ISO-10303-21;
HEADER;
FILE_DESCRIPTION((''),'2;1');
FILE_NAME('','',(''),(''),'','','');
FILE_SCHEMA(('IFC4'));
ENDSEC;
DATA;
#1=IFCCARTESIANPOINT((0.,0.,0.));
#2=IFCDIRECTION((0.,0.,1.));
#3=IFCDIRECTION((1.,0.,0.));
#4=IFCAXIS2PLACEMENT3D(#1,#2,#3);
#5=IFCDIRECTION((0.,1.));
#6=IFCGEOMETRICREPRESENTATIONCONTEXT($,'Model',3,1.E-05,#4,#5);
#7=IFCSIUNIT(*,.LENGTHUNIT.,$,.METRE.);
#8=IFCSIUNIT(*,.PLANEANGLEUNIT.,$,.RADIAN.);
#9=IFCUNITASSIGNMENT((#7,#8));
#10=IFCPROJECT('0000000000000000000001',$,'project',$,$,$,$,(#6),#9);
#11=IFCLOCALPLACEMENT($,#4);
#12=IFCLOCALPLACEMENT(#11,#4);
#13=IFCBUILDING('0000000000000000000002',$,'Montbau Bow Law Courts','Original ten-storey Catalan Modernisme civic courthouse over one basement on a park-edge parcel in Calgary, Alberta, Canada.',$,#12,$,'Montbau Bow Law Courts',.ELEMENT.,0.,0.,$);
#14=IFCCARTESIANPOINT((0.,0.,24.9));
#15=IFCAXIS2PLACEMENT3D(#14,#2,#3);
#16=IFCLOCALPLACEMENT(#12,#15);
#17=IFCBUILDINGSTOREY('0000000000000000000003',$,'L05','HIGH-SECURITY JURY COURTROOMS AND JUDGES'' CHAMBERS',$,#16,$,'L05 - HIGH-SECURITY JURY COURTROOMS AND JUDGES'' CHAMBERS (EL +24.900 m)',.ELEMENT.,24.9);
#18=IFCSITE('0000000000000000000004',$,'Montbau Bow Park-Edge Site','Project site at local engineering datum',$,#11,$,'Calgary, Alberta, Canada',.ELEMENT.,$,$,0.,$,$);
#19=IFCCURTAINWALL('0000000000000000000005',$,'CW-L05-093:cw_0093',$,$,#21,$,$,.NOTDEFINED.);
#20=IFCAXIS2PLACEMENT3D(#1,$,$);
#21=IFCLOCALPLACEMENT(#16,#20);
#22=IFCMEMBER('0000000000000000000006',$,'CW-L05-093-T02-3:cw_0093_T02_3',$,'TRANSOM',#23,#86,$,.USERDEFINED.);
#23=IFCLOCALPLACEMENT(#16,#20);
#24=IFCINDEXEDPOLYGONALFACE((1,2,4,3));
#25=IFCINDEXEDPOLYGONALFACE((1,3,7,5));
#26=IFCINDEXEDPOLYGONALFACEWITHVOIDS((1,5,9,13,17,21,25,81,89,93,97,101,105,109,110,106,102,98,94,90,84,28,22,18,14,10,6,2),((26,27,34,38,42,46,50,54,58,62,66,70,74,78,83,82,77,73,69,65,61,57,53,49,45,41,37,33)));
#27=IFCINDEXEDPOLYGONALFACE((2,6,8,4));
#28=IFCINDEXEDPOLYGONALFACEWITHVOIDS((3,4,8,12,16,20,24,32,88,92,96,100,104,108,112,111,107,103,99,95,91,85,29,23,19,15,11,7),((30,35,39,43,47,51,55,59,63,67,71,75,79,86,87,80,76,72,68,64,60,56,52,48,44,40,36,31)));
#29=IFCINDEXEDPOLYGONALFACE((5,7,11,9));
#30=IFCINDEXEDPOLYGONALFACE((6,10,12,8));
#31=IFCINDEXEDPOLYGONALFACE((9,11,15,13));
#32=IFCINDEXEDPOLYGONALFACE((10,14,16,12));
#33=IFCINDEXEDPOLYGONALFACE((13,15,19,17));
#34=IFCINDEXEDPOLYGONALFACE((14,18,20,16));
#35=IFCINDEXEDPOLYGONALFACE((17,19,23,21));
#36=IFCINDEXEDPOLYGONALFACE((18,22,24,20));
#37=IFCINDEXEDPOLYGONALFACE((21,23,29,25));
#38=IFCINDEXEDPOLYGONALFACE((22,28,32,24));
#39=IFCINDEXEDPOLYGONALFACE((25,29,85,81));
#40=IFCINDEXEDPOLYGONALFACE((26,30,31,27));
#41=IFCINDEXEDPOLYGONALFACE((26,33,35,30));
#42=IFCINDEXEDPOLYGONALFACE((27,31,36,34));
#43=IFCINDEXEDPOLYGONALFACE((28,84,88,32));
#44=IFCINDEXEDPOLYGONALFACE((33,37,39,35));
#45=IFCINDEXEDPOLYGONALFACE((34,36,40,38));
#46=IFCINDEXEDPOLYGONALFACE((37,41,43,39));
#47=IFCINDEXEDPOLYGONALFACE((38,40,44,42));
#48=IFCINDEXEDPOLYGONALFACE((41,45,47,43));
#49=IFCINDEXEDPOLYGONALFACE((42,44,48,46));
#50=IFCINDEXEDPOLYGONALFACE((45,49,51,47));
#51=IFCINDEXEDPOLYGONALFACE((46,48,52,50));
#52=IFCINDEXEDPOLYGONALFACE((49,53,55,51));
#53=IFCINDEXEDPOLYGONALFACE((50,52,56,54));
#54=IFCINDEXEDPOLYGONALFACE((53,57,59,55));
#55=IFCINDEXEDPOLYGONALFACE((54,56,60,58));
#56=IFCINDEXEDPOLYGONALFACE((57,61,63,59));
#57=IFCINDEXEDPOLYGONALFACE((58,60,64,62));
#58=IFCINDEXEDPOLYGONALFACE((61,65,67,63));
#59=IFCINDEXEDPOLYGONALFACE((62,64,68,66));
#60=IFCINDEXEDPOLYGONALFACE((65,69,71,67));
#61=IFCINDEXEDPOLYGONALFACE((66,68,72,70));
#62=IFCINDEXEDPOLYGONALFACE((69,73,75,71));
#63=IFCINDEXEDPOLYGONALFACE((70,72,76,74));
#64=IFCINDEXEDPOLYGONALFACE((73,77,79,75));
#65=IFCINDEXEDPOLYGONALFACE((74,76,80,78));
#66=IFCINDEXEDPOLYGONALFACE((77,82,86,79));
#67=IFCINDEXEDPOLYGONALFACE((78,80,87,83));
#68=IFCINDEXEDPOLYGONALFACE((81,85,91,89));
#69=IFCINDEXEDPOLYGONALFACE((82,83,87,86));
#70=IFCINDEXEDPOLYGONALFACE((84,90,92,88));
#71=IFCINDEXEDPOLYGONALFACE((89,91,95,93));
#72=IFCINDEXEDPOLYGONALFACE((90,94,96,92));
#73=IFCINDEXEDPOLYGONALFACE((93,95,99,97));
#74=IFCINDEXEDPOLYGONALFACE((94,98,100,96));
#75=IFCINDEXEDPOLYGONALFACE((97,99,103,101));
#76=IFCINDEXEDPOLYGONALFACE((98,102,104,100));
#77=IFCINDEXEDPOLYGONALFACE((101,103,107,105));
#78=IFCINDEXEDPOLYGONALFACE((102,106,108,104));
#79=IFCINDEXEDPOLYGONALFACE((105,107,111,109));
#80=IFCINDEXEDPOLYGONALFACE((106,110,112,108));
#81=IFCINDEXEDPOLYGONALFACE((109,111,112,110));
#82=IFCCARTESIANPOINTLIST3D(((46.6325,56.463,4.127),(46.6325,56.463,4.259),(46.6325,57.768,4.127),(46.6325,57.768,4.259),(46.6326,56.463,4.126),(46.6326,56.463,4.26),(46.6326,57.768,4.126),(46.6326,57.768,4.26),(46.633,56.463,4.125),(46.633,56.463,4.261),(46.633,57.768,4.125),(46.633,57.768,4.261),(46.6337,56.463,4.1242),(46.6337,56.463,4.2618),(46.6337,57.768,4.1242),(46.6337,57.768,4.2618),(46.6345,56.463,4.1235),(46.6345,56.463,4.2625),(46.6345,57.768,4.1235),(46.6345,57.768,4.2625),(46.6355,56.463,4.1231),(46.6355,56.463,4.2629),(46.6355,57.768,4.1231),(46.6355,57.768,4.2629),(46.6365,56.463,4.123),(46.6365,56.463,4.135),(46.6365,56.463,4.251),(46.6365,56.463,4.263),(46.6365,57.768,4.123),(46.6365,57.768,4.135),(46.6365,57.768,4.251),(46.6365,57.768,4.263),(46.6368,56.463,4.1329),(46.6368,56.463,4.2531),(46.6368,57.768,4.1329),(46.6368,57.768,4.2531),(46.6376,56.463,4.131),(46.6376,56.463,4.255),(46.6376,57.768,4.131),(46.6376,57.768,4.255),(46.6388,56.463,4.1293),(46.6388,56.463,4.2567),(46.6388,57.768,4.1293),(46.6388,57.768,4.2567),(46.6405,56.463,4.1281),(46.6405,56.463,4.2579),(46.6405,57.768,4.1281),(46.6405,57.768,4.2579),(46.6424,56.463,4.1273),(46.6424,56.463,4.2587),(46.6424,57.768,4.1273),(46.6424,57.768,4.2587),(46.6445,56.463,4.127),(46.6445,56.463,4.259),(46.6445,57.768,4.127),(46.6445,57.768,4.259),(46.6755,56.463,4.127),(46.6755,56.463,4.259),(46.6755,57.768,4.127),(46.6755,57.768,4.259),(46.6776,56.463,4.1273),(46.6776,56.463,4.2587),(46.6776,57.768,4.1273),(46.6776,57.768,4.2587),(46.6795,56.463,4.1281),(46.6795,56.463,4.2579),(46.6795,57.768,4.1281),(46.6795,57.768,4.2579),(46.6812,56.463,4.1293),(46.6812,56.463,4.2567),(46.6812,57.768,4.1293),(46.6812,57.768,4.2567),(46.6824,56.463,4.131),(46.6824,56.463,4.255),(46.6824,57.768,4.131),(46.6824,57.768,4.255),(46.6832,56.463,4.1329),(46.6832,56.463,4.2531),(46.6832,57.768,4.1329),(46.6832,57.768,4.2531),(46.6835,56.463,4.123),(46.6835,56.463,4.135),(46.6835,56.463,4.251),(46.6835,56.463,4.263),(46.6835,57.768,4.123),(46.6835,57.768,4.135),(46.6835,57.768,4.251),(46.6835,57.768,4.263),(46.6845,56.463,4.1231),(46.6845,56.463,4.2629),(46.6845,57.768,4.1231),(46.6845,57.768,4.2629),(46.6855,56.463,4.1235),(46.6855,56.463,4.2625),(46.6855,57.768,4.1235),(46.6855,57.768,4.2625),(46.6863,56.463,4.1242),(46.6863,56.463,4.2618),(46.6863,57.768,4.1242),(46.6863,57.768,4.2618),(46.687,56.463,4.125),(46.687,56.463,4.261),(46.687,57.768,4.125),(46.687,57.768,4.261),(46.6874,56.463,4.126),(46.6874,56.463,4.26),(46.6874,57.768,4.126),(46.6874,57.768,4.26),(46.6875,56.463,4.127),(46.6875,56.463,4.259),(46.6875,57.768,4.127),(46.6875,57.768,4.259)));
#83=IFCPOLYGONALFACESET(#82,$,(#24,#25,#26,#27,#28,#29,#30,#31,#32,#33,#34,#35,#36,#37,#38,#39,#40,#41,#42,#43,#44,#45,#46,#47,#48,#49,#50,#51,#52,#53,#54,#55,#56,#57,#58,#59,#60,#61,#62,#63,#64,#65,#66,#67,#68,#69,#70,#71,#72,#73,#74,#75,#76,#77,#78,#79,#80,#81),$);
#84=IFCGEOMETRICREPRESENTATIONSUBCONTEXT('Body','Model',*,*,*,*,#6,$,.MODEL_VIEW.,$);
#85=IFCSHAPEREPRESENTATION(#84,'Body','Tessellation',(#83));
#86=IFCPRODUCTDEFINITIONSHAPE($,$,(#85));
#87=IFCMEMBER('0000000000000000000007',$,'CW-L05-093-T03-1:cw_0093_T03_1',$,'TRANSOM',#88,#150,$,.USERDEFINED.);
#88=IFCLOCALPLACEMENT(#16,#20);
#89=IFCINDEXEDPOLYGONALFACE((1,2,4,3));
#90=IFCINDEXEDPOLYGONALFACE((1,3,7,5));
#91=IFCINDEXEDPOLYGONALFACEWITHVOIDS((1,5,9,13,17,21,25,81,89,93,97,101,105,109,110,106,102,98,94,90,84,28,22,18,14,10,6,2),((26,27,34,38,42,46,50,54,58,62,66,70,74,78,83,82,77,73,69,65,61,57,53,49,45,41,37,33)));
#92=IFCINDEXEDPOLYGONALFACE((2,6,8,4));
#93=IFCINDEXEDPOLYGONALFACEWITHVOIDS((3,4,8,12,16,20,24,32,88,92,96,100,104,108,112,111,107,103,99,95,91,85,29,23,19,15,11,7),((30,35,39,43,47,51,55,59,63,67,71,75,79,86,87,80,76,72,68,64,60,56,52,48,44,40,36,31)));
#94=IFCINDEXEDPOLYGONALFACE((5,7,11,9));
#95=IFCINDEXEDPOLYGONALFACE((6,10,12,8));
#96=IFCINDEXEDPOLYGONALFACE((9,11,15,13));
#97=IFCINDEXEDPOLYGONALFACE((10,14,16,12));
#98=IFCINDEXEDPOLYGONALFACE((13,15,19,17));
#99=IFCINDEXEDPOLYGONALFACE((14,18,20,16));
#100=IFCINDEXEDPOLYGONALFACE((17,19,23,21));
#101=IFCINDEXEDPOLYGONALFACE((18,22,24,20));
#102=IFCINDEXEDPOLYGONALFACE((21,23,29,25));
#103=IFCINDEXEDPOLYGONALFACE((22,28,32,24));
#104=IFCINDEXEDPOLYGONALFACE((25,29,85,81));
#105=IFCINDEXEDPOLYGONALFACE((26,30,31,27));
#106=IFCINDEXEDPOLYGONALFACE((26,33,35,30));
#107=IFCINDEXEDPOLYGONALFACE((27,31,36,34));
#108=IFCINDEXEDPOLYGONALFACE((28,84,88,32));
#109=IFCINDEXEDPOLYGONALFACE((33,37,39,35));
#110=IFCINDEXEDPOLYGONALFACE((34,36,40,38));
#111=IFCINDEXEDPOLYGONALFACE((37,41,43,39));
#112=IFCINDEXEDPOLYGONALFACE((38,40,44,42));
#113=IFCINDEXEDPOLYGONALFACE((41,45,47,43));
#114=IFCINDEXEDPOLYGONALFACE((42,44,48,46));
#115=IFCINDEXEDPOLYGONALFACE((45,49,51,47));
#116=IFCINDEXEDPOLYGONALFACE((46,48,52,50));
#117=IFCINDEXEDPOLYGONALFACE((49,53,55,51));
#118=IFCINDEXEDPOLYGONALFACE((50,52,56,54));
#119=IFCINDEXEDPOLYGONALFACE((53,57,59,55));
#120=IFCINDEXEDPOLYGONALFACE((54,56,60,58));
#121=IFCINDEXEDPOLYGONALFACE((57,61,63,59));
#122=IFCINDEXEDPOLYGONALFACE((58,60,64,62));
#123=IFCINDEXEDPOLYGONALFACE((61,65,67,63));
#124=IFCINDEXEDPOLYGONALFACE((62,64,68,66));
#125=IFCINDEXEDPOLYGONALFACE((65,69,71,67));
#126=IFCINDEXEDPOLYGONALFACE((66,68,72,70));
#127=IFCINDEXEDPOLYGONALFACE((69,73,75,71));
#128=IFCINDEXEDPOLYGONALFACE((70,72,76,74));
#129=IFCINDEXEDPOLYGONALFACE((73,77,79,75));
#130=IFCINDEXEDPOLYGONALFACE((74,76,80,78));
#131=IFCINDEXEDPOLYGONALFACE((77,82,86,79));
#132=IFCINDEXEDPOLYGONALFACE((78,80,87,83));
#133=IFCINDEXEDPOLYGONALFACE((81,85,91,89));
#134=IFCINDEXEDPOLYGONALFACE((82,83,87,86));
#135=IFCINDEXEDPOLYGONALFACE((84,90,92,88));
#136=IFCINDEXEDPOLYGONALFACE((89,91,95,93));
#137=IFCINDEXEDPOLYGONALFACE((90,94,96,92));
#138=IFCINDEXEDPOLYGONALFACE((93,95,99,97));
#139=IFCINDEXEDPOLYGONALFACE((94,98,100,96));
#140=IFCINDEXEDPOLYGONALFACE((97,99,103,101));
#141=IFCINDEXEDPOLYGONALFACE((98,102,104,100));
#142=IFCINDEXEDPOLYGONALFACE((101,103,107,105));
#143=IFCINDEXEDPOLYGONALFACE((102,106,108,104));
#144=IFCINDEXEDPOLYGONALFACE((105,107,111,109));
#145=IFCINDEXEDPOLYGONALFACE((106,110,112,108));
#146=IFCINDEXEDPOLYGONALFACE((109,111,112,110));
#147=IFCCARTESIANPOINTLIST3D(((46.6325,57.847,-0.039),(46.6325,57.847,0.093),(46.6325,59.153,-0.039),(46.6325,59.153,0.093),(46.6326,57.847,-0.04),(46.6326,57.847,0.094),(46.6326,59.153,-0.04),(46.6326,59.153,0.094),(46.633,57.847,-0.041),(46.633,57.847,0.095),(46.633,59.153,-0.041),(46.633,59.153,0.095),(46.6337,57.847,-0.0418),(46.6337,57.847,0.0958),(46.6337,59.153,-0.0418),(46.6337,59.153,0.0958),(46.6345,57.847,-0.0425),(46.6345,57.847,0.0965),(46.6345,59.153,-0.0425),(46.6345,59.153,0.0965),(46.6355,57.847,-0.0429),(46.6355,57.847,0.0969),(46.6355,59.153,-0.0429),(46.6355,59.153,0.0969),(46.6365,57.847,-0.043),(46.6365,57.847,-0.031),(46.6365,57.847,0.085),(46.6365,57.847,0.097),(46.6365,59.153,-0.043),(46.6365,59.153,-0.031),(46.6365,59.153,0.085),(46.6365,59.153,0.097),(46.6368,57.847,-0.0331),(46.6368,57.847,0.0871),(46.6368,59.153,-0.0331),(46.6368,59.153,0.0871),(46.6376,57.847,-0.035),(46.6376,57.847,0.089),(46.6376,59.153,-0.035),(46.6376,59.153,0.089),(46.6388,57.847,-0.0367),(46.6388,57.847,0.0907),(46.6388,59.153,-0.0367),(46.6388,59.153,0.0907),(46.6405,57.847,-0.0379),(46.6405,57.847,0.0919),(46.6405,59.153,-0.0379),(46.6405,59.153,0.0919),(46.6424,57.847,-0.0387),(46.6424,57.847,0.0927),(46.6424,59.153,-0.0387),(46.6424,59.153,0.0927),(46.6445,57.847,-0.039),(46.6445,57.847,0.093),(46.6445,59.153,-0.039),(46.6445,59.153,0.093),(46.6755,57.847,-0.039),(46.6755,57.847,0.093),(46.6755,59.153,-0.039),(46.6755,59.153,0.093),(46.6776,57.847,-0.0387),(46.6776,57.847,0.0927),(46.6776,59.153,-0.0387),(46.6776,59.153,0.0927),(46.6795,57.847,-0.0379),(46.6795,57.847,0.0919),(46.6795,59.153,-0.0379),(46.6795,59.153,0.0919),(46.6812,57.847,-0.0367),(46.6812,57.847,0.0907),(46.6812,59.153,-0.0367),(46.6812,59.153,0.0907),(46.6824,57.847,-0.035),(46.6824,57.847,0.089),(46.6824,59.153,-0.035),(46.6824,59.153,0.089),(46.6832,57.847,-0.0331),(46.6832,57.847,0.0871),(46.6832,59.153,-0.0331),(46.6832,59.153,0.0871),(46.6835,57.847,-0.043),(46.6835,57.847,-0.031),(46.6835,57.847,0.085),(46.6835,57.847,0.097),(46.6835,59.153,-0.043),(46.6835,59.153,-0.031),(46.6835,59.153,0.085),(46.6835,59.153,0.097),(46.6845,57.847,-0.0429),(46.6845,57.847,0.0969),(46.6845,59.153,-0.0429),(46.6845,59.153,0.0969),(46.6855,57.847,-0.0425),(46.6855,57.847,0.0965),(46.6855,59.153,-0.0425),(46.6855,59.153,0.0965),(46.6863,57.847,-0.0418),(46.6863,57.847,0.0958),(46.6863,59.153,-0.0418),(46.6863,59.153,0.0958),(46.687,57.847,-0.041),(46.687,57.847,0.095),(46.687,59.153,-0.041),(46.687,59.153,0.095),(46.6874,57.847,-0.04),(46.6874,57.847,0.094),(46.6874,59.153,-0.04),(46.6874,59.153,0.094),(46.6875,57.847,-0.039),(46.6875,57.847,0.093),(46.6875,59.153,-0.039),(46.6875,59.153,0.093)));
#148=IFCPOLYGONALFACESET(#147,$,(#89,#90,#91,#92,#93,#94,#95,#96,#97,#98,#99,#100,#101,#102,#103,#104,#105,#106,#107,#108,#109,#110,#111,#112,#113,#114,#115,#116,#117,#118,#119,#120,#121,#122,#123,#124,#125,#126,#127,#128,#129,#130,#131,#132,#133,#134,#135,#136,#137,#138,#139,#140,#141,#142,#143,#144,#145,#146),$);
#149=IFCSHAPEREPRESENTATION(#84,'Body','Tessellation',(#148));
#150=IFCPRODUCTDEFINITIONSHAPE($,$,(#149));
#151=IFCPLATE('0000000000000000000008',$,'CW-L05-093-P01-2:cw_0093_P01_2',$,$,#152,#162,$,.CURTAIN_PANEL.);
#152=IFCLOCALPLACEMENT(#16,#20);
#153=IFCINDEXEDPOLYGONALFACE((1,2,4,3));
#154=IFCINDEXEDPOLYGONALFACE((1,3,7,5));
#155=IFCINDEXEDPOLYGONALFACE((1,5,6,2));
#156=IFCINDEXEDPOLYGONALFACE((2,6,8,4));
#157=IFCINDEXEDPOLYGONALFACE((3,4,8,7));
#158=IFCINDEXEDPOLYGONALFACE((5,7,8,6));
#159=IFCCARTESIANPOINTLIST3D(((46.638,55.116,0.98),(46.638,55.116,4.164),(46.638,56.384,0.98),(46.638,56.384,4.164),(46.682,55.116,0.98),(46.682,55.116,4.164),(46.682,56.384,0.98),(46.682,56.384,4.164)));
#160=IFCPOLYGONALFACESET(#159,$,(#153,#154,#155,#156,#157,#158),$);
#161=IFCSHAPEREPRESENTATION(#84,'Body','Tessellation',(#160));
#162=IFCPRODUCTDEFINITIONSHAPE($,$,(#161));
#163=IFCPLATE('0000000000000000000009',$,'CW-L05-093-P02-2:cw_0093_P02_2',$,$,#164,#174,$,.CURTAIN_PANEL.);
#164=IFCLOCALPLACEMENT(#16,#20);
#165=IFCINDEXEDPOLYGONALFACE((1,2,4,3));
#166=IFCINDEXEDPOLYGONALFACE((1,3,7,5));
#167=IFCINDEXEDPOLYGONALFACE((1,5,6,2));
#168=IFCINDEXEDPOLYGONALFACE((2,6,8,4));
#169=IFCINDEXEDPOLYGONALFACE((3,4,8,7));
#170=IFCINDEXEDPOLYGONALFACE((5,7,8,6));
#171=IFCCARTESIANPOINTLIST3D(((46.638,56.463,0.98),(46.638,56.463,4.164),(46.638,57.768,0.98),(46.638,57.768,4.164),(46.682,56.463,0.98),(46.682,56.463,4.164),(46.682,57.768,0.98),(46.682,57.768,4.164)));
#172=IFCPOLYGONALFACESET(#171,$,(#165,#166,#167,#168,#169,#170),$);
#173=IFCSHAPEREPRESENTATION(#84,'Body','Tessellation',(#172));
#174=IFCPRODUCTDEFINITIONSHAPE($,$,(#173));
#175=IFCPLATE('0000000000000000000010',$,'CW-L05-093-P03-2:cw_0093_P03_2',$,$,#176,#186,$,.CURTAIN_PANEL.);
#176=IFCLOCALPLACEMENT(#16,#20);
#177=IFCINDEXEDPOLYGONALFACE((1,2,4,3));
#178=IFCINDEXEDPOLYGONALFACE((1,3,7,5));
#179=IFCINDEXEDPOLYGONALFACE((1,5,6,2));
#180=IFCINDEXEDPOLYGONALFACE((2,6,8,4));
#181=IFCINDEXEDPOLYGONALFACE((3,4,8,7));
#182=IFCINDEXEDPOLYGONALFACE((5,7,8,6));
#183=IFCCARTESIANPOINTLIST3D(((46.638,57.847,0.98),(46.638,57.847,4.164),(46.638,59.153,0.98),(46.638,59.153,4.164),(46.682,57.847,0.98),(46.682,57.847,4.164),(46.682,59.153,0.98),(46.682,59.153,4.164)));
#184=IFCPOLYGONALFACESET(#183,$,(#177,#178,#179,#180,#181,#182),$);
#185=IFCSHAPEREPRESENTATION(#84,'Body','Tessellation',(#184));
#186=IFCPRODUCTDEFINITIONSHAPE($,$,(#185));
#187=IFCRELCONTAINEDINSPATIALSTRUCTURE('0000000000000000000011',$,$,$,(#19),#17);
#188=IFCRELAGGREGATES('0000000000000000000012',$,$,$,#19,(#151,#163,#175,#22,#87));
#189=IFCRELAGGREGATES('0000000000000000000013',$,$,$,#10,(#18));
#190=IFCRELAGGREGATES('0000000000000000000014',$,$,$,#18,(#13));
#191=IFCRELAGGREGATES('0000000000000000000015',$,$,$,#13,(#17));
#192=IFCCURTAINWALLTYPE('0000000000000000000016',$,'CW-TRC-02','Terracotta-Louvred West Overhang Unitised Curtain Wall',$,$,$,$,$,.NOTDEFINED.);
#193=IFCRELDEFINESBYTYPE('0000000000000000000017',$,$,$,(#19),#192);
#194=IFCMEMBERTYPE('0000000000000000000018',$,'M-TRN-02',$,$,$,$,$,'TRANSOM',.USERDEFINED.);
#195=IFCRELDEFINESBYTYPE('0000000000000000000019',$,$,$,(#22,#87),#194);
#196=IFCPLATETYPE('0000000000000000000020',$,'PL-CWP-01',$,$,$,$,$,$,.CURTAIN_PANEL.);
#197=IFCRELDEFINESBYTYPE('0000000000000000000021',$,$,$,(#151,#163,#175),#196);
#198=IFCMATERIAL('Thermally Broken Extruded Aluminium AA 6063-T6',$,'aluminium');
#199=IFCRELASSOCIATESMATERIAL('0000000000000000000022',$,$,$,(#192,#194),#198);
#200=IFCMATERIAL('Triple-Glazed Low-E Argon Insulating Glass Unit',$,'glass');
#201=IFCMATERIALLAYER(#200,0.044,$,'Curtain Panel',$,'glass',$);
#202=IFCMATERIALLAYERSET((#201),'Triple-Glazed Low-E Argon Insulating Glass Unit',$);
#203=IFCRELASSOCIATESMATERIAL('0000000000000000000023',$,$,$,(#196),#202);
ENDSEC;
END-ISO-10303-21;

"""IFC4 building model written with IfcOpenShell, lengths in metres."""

from ifc_helpers import new_model, si_unit, direction, frame, frame_2d, origin_with_axes, origin_2d_with_axis, place, context, subcontext, project, spatial, rectangle, hollow_rectangle, extrude, material, layer, layer_set, material_profile, profile_set, type_object, element, aggregate, save


model = new_model("IFC4")

# Units and contexts
model_context = context("Model", 3, precision=1e-05, world=origin_with_axes(), true_north=direction((0.0, 1.0)))
body_context = subcontext(model_context, "Body", "Model", "MODEL_VIEW")
ifc_project = project(units=[si_unit("LENGTHUNIT", "METRE"), si_unit("PLANEANGLEUNIT", "RADIAN")], contexts=[model_context])

# Site, building, storey
site_placement = place(None, origin_with_axes())
site = spatial("IfcSite", under=ifc_project, at=site_placement, Name="Montbau Bow Park-Edge Site", Description="Project site at local engineering datum", LongName="Calgary, Alberta, Canada", CompositionType="ELEMENT", RefElevation=0.0)
building_placement = place(site_placement, origin_with_axes())
building = spatial("IfcBuilding", under=site, at=building_placement, Name="Montbau Bow Law Courts", Description="Original ten-storey Catalan Modernisme civic courthouse over one basement on a park-edge parcel in Calgary, Alberta, Canada.", LongName="Montbau Bow Law Courts", CompositionType="ELEMENT", ElevationOfRefHeight=0.0, ElevationOfTerrain=0.0)
storey_placement = place(building_placement, frame((0.0, 0.0, 24.9), z_axis=(0.0, 0.0, 1.0), x_axis=(1.0, 0.0, 0.0)))
storey = spatial("IfcBuildingStorey", under=building, at=storey_placement, Name="L05", Description="HIGH-SECURITY JURY COURTROOMS AND JUDGES' CHAMBERS", LongName="L05 - HIGH-SECURITY JURY COURTROOMS AND JUDGES' CHAMBERS (EL +24.900 m)", CompositionType="ELEMENT", Elevation=24.9)

# Curtain wall, members, plates
ifc_material_1 = material(Name="Thermally Broken Extruded Aluminium AA 6063-T6", Category="aluminium")
curtain_wall_type = type_object("IfcCurtainWallType", Name="CW-TRC-02", Description="Terracotta-Louvred West Overhang Unitised Curtain Wall", PredefinedType="NOTDEFINED", material=ifc_material_1)
curtain_wall_placement = place(None, frame((46.66, 55.04, 24.9), z_axis=(0.0, 0.0, 1.0), x_axis=(1.0, 0.0, 0.0)))
curtain_wall = element("IfcCurtainWall", 1, at=curtain_wall_placement, inside=storey, type_object=curtain_wall_type, Name="CW-L05-093:cw_0093", PredefinedType="NOTDEFINED")
ifc_material_profile_1 = material_profile(ifc_material_1, hollow_rectangle(XDim=0.055, YDim=0.14, WallThickness=0.004, InnerFilletRadius=0.008, OuterFilletRadius=0.004, at=origin_2d_with_axis()), Name="CWT-140X55", Category="Main", Priority=0)
ifc_profile_set_1 = profile_set([ifc_material_profile_1], Name="Thermally Broken Extruded Aluminium AA 6063-T6")
member_type_1 = type_object("IfcMemberType", Name="M-TRN-02", ElementType="TRANSOM", PredefinedType="USERDEFINED", material=ifc_profile_set_1)
member_1_placement = place(None, frame((46.66, 56.463, 29.093), z_axis=(0.0, 1.0, 0.0), x_axis=(-1.0, 0.0, 0.0)))
member_1 = element("IfcMember", 2, at=member_1_placement, type_object=member_type_1, Name="CW-L05-093-T02-3:cw_0093_T02_3", ObjectType="TRANSOM", PredefinedType="USERDEFINED", context=body_context, shape_type="SweptSolid", body=[
    extrude(hollow_rectangle(XDim=0.055, YDim=0.14, WallThickness=0.004, InnerFilletRadius=0.008, OuterFilletRadius=0.004, at=origin_2d_with_axis()), origin_with_axes(), (0.0, 0.0, 1.0), 1.305),
])
member_2_placement = place(None, frame((46.66, 57.847, 24.927), z_axis=(0.0, 1.0, 0.0), x_axis=(-1.0, 0.0, 0.0)))
member_2 = element("IfcMember", 3, at=member_2_placement, type_object=member_type_1, Name="CW-L05-093-T03-1:cw_0093_T03_1", ObjectType="TRANSOM", PredefinedType="USERDEFINED", context=body_context, shape_type="SweptSolid", body=[
    extrude(hollow_rectangle(XDim=0.055, YDim=0.14, WallThickness=0.004, InnerFilletRadius=0.008, OuterFilletRadius=0.004, at=origin_2d_with_axis()), origin_with_axes(), (0.0, 0.0, 1.0), 1.306),
])
ifc_material_2 = material(Name="Triple-Glazed Low-E Argon Insulating Glass Unit", Category="glass")
ifc_layer_1 = layer(ifc_material_2, 0.044, Name="Curtain Panel", Category="glass")
ifc_layer_set_1 = layer_set([ifc_layer_1], Name="Triple-Glazed Low-E Argon Insulating Glass Unit")
plate_type_1 = type_object("IfcPlateType", Name="PL-CWP-01", PredefinedType="CURTAIN_PANEL", material=ifc_layer_set_1)
plate_1_placement = place(None, frame((46.66, 55.116, 25.88), z_axis=(1.0, 0.0, 0.0), x_axis=(0.0, 1.0, 0.0)))
plate_1 = element("IfcPlate", 4, at=plate_1_placement, type_object=plate_type_1, Name="CW-L05-093-P01-2:cw_0093_P01_2", PredefinedType="CURTAIN_PANEL", context=body_context, shape_type="SweptSolid", body=[
    extrude(rectangle(XDim=1.268, YDim=3.184, at=frame_2d((0.634, 1.592), x_axis=(1.0, 0.0))), frame((0.0, 0.0, -0.022), z_axis=(0.0, 0.0, 1.0), x_axis=(1.0, 0.0, 0.0)), (0.0, 0.0, 1.0), 0.044),
])
plate_2_placement = place(None, frame((46.66, 56.463, 25.88), z_axis=(1.0, 0.0, 0.0), x_axis=(0.0, 1.0, 0.0)))
plate_2 = element("IfcPlate", 5, at=plate_2_placement, type_object=plate_type_1, Name="CW-L05-093-P02-2:cw_0093_P02_2", PredefinedType="CURTAIN_PANEL", context=body_context, shape_type="SweptSolid", body=[
    extrude(rectangle(XDim=1.305, YDim=3.184, at=frame_2d((0.6525, 1.592), x_axis=(1.0, 0.0))), frame((0.0, 0.0, -0.022), z_axis=(0.0, 0.0, 1.0), x_axis=(1.0, 0.0, 0.0)), (0.0, 0.0, 1.0), 0.044),
])
plate_3_placement = place(None, frame((46.66, 57.847, 25.88), z_axis=(1.0, 0.0, 0.0), x_axis=(0.0, 1.0, 0.0)))
plate_3 = element("IfcPlate", 6, at=plate_3_placement, type_object=plate_type_1, Name="CW-L05-093-P03-2:cw_0093_P03_2", PredefinedType="CURTAIN_PANEL", context=body_context, shape_type="SweptSolid", body=[
    extrude(rectangle(XDim=1.306, YDim=3.184, at=frame_2d((0.653, 1.592), x_axis=(1.0, 0.0))), frame((0.0, 0.0, -0.022), z_axis=(0.0, 0.0, 1.0), x_axis=(1.0, 0.0, 0.0)), (0.0, 0.0, 1.0), 0.044),
])
aggregate(curtain_wall, [plate_1, plate_2, plate_3, member_1, member_2])

save(model, "model.ifc")
